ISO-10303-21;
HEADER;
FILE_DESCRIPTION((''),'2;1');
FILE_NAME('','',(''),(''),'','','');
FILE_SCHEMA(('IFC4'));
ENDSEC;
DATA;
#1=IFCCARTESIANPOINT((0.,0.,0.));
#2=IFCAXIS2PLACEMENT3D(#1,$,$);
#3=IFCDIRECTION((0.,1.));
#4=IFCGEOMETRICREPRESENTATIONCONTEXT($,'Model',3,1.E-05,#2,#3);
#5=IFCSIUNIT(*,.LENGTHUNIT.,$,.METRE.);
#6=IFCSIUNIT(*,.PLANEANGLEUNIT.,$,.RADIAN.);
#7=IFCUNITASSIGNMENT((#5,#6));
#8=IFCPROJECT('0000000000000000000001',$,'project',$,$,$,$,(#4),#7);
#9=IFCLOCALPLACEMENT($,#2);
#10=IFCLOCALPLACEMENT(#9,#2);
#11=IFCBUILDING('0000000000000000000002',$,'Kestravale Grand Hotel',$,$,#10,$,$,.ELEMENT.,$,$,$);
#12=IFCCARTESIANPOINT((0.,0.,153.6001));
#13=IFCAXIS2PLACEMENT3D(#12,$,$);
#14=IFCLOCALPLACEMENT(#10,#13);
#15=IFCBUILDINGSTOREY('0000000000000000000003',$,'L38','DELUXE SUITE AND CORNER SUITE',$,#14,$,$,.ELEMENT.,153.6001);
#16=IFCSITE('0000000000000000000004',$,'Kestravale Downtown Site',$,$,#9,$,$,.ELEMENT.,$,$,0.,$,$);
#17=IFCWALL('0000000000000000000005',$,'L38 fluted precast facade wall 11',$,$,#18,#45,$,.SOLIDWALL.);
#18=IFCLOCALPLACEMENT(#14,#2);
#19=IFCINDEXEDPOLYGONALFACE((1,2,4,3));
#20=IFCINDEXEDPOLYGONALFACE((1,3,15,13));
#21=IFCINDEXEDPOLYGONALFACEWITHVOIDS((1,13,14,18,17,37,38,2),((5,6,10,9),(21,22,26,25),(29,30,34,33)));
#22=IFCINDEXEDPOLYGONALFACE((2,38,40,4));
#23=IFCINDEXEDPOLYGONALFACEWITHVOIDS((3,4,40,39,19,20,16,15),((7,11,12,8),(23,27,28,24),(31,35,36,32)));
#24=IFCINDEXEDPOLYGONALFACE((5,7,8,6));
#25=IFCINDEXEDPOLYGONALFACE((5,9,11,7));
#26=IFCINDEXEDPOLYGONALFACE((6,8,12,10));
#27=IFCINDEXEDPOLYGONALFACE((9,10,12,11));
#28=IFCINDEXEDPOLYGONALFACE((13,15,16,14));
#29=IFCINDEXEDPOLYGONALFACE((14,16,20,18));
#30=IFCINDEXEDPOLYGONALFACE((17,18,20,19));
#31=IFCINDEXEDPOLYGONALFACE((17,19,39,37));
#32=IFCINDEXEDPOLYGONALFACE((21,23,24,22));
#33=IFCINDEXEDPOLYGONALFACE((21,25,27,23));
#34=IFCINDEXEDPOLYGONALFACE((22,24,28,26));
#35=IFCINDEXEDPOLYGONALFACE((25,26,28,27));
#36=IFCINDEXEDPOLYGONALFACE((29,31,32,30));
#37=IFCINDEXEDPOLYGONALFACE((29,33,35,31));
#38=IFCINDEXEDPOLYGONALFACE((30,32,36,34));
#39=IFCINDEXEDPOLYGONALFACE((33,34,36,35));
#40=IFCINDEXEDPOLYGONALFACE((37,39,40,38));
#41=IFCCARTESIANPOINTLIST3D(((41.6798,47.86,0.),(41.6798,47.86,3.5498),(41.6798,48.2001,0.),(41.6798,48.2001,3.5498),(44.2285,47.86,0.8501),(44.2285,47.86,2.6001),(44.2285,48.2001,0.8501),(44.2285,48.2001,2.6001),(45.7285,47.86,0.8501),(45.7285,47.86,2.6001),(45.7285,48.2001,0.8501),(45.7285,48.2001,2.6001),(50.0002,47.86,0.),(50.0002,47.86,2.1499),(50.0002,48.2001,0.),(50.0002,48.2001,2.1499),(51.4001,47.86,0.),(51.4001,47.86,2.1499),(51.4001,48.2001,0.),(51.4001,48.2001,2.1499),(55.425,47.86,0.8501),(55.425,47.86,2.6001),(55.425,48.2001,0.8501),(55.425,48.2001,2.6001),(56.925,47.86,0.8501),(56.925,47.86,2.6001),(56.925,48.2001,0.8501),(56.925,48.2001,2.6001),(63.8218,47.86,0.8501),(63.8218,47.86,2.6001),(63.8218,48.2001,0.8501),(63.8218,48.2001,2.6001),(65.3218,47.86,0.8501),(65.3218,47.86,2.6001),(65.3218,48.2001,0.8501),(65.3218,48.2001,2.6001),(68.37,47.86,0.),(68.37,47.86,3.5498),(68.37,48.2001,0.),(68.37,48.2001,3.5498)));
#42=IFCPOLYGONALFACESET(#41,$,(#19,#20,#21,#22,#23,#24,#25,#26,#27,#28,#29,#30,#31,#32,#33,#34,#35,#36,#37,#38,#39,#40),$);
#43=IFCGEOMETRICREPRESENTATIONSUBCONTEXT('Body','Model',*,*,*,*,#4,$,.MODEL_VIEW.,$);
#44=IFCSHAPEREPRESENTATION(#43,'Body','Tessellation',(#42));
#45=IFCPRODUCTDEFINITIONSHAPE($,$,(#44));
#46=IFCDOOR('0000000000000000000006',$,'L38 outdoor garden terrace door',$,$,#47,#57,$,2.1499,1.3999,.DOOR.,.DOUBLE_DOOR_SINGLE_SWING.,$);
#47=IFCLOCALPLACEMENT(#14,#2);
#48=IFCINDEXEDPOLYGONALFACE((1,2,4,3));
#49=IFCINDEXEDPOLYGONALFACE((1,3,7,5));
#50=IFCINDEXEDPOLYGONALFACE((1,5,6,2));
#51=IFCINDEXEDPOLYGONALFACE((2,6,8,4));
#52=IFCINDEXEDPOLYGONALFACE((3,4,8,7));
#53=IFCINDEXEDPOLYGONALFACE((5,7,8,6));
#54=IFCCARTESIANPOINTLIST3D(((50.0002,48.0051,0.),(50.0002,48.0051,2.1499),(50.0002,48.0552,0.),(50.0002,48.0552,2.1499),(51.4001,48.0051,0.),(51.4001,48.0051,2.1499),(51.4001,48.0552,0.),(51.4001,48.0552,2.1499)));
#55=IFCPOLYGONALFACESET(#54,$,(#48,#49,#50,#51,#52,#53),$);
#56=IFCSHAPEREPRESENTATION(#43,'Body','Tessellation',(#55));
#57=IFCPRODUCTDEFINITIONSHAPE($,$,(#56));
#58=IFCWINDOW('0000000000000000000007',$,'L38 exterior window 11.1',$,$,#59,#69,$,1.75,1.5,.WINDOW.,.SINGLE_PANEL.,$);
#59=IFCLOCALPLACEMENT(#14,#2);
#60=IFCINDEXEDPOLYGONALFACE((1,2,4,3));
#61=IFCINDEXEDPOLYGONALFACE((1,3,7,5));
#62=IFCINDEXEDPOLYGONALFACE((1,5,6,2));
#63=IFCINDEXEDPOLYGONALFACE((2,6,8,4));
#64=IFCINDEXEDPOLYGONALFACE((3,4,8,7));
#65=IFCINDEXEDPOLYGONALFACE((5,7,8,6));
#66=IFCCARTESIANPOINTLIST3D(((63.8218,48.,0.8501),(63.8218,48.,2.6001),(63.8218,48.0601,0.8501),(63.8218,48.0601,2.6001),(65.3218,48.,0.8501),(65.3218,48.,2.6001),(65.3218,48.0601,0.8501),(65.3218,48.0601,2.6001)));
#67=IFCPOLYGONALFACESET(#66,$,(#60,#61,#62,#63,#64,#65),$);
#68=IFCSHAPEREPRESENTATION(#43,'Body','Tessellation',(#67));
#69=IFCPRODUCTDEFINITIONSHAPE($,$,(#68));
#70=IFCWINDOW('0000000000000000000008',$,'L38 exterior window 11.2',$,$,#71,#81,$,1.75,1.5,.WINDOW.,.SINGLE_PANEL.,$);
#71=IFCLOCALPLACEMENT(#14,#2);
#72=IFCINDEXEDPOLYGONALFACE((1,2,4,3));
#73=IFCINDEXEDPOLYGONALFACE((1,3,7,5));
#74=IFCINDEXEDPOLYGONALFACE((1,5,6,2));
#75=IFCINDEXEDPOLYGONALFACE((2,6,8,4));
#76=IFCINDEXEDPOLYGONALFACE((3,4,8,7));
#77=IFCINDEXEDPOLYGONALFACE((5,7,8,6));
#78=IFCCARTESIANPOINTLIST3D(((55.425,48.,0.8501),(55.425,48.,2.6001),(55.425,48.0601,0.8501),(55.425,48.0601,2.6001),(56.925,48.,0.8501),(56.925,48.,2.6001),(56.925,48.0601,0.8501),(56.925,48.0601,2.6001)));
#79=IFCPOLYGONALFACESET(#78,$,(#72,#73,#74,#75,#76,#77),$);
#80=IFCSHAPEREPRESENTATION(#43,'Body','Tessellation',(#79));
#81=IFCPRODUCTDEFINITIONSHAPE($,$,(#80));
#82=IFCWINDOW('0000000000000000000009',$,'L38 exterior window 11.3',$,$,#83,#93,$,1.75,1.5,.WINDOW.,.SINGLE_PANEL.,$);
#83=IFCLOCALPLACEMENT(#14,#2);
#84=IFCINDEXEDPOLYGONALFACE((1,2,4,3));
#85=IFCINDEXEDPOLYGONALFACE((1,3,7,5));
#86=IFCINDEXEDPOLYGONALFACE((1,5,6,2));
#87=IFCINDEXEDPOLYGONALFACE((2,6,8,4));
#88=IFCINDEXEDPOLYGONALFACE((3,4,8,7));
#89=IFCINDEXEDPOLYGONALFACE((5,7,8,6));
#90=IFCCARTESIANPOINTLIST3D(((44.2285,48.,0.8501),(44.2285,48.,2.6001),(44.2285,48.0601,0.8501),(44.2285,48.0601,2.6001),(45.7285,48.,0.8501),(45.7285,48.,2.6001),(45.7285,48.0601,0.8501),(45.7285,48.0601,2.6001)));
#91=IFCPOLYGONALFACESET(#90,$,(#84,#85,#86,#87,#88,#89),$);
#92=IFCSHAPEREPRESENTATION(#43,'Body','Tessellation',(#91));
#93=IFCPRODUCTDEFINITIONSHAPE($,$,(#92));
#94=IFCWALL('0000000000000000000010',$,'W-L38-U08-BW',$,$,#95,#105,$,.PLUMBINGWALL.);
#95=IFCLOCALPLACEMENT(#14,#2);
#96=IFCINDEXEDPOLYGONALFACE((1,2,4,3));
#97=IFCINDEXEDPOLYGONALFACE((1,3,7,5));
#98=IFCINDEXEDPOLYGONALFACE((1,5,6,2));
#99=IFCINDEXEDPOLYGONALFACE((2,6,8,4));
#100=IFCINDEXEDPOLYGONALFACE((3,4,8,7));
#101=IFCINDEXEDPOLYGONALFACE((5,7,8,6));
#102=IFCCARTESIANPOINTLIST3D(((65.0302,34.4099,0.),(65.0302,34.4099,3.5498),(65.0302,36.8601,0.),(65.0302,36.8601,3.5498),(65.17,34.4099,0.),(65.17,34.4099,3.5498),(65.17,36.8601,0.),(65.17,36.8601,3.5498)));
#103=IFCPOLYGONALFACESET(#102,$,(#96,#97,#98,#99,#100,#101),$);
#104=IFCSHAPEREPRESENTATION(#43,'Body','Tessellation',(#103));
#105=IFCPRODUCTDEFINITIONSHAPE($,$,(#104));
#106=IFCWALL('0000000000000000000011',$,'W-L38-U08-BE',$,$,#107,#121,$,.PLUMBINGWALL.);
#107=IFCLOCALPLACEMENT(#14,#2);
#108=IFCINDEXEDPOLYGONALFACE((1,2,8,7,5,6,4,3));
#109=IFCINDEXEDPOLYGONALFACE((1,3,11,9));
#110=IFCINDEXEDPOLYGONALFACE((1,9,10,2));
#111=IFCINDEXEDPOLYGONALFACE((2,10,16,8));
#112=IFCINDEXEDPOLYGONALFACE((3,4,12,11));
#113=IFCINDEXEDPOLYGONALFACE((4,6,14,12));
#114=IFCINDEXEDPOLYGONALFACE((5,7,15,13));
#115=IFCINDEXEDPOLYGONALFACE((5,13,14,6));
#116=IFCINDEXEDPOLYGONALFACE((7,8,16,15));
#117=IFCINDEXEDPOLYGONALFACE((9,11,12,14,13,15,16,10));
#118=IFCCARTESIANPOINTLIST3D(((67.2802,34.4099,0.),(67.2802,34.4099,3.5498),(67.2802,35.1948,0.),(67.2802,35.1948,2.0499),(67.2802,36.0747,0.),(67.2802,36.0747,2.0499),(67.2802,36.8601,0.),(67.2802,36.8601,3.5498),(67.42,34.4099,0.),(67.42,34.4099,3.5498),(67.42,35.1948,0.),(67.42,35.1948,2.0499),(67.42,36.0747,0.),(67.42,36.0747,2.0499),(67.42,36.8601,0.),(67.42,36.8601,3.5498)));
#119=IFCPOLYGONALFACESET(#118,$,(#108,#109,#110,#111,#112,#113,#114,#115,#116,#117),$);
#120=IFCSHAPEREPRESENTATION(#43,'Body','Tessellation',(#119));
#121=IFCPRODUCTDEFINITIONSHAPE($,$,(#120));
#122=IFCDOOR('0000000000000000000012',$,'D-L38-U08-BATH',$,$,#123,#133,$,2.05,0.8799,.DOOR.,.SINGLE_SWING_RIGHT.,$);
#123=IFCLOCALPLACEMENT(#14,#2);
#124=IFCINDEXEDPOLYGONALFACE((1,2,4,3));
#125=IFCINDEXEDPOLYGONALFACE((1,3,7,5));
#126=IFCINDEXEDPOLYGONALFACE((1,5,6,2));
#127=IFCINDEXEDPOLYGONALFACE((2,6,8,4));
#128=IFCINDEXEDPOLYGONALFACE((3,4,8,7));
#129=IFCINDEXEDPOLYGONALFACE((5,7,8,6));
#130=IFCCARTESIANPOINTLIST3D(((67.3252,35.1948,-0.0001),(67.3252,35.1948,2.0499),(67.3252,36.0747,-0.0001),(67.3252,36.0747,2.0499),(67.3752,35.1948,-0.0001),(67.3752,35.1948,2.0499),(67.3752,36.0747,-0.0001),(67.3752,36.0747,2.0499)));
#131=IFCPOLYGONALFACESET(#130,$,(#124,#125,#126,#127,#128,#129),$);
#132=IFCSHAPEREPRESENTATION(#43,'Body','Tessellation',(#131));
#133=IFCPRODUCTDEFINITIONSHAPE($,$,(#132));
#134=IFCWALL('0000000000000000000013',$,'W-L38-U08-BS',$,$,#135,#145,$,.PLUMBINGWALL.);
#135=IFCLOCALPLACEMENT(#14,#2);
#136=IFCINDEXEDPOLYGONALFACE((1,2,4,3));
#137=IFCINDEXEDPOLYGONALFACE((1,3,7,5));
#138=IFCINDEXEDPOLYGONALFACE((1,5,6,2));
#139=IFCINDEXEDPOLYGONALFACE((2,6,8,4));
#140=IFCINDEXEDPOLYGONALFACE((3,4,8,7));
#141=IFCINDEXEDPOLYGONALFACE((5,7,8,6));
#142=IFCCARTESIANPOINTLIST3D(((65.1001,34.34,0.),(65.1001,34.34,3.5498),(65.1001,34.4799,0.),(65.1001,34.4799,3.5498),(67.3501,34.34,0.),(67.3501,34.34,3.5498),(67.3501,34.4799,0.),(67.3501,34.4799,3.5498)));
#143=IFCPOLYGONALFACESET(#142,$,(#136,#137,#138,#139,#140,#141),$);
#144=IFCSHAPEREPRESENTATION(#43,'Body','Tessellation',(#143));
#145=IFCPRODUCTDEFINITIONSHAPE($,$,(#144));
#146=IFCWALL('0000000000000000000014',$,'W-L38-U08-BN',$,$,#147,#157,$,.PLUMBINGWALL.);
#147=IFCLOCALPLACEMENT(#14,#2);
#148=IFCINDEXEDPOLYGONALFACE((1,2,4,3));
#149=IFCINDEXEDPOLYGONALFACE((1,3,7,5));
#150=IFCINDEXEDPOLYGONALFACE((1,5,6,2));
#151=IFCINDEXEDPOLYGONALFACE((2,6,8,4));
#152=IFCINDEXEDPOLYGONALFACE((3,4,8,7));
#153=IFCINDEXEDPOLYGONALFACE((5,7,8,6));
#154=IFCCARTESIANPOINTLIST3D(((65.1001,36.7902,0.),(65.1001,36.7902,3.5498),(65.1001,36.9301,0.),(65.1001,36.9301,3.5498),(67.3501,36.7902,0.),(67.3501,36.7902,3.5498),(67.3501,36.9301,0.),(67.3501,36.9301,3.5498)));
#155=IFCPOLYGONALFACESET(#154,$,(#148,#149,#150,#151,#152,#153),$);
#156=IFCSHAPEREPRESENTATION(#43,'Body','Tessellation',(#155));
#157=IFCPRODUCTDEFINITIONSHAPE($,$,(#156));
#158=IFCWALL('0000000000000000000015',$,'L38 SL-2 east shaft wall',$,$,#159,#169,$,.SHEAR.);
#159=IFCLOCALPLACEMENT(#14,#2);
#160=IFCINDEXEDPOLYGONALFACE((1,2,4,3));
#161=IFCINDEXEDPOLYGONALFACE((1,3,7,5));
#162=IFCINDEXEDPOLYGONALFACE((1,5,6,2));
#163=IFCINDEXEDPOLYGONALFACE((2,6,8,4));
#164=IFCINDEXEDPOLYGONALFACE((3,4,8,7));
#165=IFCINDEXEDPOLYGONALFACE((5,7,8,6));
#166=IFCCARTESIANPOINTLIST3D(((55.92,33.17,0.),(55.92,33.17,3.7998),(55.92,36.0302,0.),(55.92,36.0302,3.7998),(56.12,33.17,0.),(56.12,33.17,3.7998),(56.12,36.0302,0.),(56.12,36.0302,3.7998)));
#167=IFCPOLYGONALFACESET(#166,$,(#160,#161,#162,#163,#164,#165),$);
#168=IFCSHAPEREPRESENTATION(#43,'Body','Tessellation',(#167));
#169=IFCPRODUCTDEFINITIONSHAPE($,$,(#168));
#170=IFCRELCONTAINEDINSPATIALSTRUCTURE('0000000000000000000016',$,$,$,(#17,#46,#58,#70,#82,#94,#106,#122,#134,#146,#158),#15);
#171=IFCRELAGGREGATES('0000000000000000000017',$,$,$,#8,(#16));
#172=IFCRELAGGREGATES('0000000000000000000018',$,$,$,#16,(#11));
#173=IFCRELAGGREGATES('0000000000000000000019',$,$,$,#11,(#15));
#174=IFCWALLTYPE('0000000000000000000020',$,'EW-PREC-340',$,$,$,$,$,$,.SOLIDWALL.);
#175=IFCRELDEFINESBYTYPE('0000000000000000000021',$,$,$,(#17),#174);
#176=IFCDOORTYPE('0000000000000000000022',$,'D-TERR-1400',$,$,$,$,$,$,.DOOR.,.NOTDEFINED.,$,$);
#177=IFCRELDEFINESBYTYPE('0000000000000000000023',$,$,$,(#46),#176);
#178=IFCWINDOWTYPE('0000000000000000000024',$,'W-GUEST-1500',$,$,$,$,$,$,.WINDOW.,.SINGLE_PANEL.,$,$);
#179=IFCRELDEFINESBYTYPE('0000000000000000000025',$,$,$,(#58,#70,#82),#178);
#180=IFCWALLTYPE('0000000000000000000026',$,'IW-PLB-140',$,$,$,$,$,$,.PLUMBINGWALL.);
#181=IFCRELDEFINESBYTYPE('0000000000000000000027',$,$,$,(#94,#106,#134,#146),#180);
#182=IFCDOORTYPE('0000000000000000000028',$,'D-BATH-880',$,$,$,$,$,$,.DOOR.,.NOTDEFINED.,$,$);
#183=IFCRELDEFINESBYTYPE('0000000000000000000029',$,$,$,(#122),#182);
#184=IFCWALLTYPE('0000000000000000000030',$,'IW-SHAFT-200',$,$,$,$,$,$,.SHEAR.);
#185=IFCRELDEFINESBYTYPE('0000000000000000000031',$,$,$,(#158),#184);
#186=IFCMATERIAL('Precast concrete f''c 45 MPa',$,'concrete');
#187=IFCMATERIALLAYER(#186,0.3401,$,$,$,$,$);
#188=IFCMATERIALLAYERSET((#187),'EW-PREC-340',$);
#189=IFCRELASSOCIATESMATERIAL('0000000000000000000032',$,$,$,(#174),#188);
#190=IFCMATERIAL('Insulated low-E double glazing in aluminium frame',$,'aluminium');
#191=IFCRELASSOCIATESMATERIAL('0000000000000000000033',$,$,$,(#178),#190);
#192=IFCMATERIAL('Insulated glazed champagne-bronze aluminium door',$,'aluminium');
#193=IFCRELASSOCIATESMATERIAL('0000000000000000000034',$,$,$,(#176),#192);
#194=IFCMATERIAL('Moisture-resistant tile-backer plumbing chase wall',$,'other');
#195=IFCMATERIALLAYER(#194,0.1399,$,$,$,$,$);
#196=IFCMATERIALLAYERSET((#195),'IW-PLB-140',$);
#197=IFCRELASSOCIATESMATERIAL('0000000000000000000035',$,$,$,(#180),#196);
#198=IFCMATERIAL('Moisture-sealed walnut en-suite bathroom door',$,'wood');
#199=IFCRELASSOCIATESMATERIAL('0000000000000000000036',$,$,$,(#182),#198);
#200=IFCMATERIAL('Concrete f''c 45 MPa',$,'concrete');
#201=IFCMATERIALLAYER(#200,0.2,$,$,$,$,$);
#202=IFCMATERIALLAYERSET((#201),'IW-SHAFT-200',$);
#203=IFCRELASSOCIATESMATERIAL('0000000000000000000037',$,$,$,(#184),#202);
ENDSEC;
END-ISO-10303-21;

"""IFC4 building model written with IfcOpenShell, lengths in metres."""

from ifc_helpers import new_model, si_unit, direction, frame, frame_2d, origin, place, context, subcontext, project, spatial, rectangle, extrude, material, layer, layer_set, type_object, element, fill, save


model = new_model("IFC4")

# Units and contexts
model_context = context("Model", 3, precision=1e-05, world=origin(), true_north=direction((0.0, 1.0)))
body_context = subcontext(model_context, "Body", "Model", "MODEL_VIEW")
ifc_project = project(units=[si_unit("LENGTHUNIT", "METRE"), si_unit("PLANEANGLEUNIT", "RADIAN")], contexts=[model_context])

# Site, building, storey
site_placement = place(None, origin())
site = spatial("IfcSite", under=ifc_project, at=site_placement, Name="Kestravale Downtown Site", CompositionType="ELEMENT", RefElevation=0.0)
building_placement = place(site_placement, origin())
building = spatial("IfcBuilding", under=site, at=building_placement, Name="Kestravale Grand Hotel", CompositionType="ELEMENT")
storey_placement = place(building_placement, frame((0.0, 0.0, 153.6001)))
storey = spatial("IfcBuildingStorey", under=building, at=storey_placement, Name="L38", Description="DELUXE SUITE AND CORNER SUITE", CompositionType="ELEMENT", Elevation=153.6001)

# Shared definitions
ifc_material_1 = material(Name="Precast concrete f'c 45 MPa", Category="concrete")
ifc_layer_1 = layer(ifc_material_1, 0.3401)
ifc_layer_set_1 = layer_set([ifc_layer_1], Name="EW-PREC-340")
wall_type_1 = type_object("IfcWallType", Name="EW-PREC-340", PredefinedType="SOLIDWALL", material=ifc_layer_set_1)
ifc_material_2 = material(Name="Insulated low-E double glazing in aluminium frame", Category="aluminium")
window_type = type_object("IfcWindowType", Name="W-GUEST-1500", PartitioningType="SINGLE_PANEL", PredefinedType="WINDOW", material=ifc_material_2)

# Wall, openings, door, windows
wall_1_placement = place(storey_placement, frame((68.3701, 48.03, 0.0), z_axis=(0.0, 0.0, 1.0), x_axis=(-1.0, 0.0, 0.0)))
wall_1 = element("IfcWall", 1, at=wall_1_placement, inside=storey, type_object=wall_type_1, Name="L38 fluted precast facade wall 11", PredefinedType="SOLIDWALL", context=body_context, shape_type="SweptSolid", body=[
    extrude(rectangle(XDim=26.6902, YDim=0.3401, at=frame_2d((13.3452, 0.0))), origin(), (0.0, 0.0, 1.0), 3.5498),
])
opening_1_placement = place(wall_1_placement, frame((16.97, 0.0, 0.0)))
opening_1 = element("IfcOpeningElement", 2, at=opening_1_placement, cuts=wall_1, PredefinedType="OPENING", context=body_context, shape_type="SweptSolid", body=[
    extrude(rectangle(XDim=1.3999, YDim=2.1499, at=frame_2d((0.7, 1.075))), frame((0.0, 0.1799, 0.0), z_axis=(0.0, -1.0, 0.0), x_axis=(1.0, 0.0, 0.0)), (0.0, 0.0, 1.0), 0.3601),
])
opening_2_placement = place(wall_1_placement, frame((3.0483, 0.0, 0.8501)))
opening_2 = element("IfcOpeningElement", 3, at=opening_2_placement, cuts=wall_1, PredefinedType="OPENING", context=body_context, shape_type="SweptSolid", body=[
    extrude(rectangle(XDim=1.5, YDim=1.75, at=frame_2d((0.75, 0.875))), frame((0.0, 0.1799, 0.0), z_axis=(0.0, -1.0, 0.0), x_axis=(1.0, 0.0, 0.0)), (0.0, 0.0, 1.0), 0.3601),
])
opening_3_placement = place(wall_1_placement, frame((11.4451, 0.0, 0.8501)))
opening_3 = element("IfcOpeningElement", 4, at=opening_3_placement, cuts=wall_1, PredefinedType="OPENING", context=body_context, shape_type="SweptSolid", body=[
    extrude(rectangle(XDim=1.5, YDim=1.75, at=frame_2d((0.75, 0.875))), frame((0.0, 0.1799, 0.0), z_axis=(0.0, -1.0, 0.0), x_axis=(1.0, 0.0, 0.0)), (0.0, 0.0, 1.0), 0.3601),
])
opening_4_placement = place(wall_1_placement, frame((22.6416, 0.0, 0.8501)))
opening_4 = element("IfcOpeningElement", 5, at=opening_4_placement, cuts=wall_1, PredefinedType="OPENING", context=body_context, shape_type="SweptSolid", body=[
    extrude(rectangle(XDim=1.5, YDim=1.75, at=frame_2d((0.75, 0.875))), frame((0.0, 0.1799, 0.0), z_axis=(0.0, -1.0, 0.0), x_axis=(1.0, 0.0, 0.0)), (0.0, 0.0, 1.0), 0.3601),
])
ifc_material_3 = material(Name="Insulated glazed champagne-bronze aluminium door", Category="aluminium")
door_type_1 = type_object("IfcDoorType", Name="D-TERR-1400", OperationType="NOTDEFINED", PredefinedType="DOOR", material=ifc_material_3)
door_1_placement = place(opening_1_placement, origin())
door_1 = element("IfcDoor", 6, at=door_1_placement, inside=storey, type_object=door_type_1, Name="L38 outdoor garden terrace door", OperationType="DOUBLE_DOOR_SINGLE_SWING", OverallHeight=2.1499, OverallWidth=1.3999, PredefinedType="DOOR", context=body_context, shape_type="SweptSolid", body=[
    extrude(rectangle(XDim=1.3999, YDim=2.1499, at=frame_2d((0.7, 1.075))), frame((0.0, 0.0249, 0.0), z_axis=(0.0, -1.0, 0.0), x_axis=(1.0, 0.0, 0.0)), (0.0, 0.0, 1.0), 0.05),
])
fill(opening_1, door_1)
window_1_placement = place(opening_2_placement, origin())
window_1 = element("IfcWindow", 7, at=window_1_placement, inside=storey, type_object=window_type, Name="L38 exterior window 11.1", OverallHeight=1.75, OverallWidth=1.5, PartitioningType="SINGLE_PANEL", PredefinedType="WINDOW", context=body_context, shape_type="SweptSolid", body=[
    extrude(rectangle(XDim=1.5, YDim=1.75, at=frame_2d((0.75, 0.875))), frame((0.0, 0.03, 0.0), z_axis=(0.0, -1.0, 0.0), x_axis=(1.0, 0.0, 0.0)), (0.0, 0.0, 1.0), 0.0601),
])
fill(opening_2, window_1)
window_2_placement = place(opening_3_placement, origin())
window_2 = element("IfcWindow", 8, at=window_2_placement, inside=storey, type_object=window_type, Name="L38 exterior window 11.2", OverallHeight=1.75, OverallWidth=1.5, PartitioningType="SINGLE_PANEL", PredefinedType="WINDOW", context=body_context, shape_type="SweptSolid", body=[
    extrude(rectangle(XDim=1.5, YDim=1.75, at=frame_2d((0.75, 0.875))), frame((0.0, 0.03, 0.0), z_axis=(0.0, -1.0, 0.0), x_axis=(1.0, 0.0, 0.0)), (0.0, 0.0, 1.0), 0.0601),
])
fill(opening_3, window_2)
window_3_placement = place(opening_4_placement, origin())
window_3 = element("IfcWindow", 9, at=window_3_placement, inside=storey, type_object=window_type, Name="L38 exterior window 11.3", OverallHeight=1.75, OverallWidth=1.5, PartitioningType="SINGLE_PANEL", PredefinedType="WINDOW", context=body_context, shape_type="SweptSolid", body=[
    extrude(rectangle(XDim=1.5, YDim=1.75, at=frame_2d((0.75, 0.875))), frame((0.0, 0.03, 0.0), z_axis=(0.0, -1.0, 0.0), x_axis=(1.0, 0.0, 0.0)), (0.0, 0.0, 1.0), 0.0601),
])
fill(opening_4, window_3)

# Wall
ifc_material_4 = material(Name="Moisture-resistant tile-backer plumbing chase wall", Category="other")
ifc_layer_2 = layer(ifc_material_4, 0.1399)
ifc_layer_set_2 = layer_set([ifc_layer_2], Name="IW-PLB-140")
wall_type_2 = type_object("IfcWallType", Name="IW-PLB-140", PredefinedType="PLUMBINGWALL", material=ifc_layer_set_2)
wall_2_placement = place(storey_placement, frame((65.1001, 34.4099, 0.0), z_axis=(0.0, 0.0, 1.0), x_axis=(0.0, 1.0, 0.0)))
element("IfcWall", 10, at=wall_2_placement, inside=storey, type_object=wall_type_2, Name="W-L38-U08-BW", PredefinedType="PLUMBINGWALL", context=body_context, shape_type="SweptSolid", body=[
    extrude(rectangle(XDim=2.4502, YDim=0.1399, at=frame_2d((1.2251, 0.0))), origin(), (0.0, 0.0, 1.0), 3.5498),
])

# Wall, opening, door
wall_3_placement = place(storey_placement, frame((67.3501, 34.4099, 0.0), z_axis=(0.0, 0.0, 1.0), x_axis=(0.0, 1.0, 0.0)))
wall_3 = element("IfcWall", 11, at=wall_3_placement, inside=storey, type_object=wall_type_2, Name="W-L38-U08-BE", PredefinedType="PLUMBINGWALL", context=body_context, shape_type="SweptSolid", body=[
    extrude(rectangle(XDim=2.4502, YDim=0.1399, at=frame_2d((1.2251, 0.0))), origin(), (0.0, 0.0, 1.0), 3.5498),
])
opening_5_placement = place(wall_3_placement, frame((0.7849, 0.0, 0.0)))
opening_5 = element("IfcOpeningElement", 12, at=opening_5_placement, cuts=wall_3, PredefinedType="OPENING", context=body_context, shape_type="SweptSolid", body=[
    extrude(rectangle(XDim=0.8799, YDim=2.05, at=frame_2d((0.4399, 1.0249))), frame((0.0, 0.0798, 0.0), z_axis=(0.0, -1.0, 0.0), x_axis=(1.0, 0.0, 0.0)), (0.0, 0.0, 1.0), 0.1599),
])
ifc_material_5 = material(Name="Moisture-sealed walnut en-suite bathroom door", Category="wood")
door_type_2 = type_object("IfcDoorType", Name="D-BATH-880", OperationType="NOTDEFINED", PredefinedType="DOOR", material=ifc_material_5)
door_2_placement = place(opening_5_placement, origin())
door_2 = element("IfcDoor", 13, at=door_2_placement, inside=storey, type_object=door_type_2, Name="D-L38-U08-BATH", OperationType="SINGLE_SWING_RIGHT", OverallHeight=2.05, OverallWidth=0.8799, PredefinedType="DOOR", context=body_context, shape_type="SweptSolid", body=[
    extrude(rectangle(XDim=0.8799, YDim=2.05, at=frame_2d((0.4399, 1.0249))), frame((0.0, 0.0249, 0.0), z_axis=(0.0, -1.0, 0.0), x_axis=(1.0, 0.0, 0.0)), (0.0, 0.0, 1.0), 0.05),
])
fill(opening_5, door_2)

# Walls
for number, where, z_axis, x_axis, name in (
    (14, (65.1001, 34.4099, 0.0), (0.0, 0.0, 1.0), (1.0, 0.0, 0.0), "W-L38-U08-BS"),
    (15, (65.1001, 36.8601, 0.0), (0.0, 0.0, 1.0), (1.0, 0.0, 0.0), "W-L38-U08-BN"),
):
    element("IfcWall", number, at=place(storey_placement, frame(where, z_axis=z_axis, x_axis=x_axis)), inside=storey, type_object=wall_type_2, Name=name, PredefinedType="PLUMBINGWALL", context=body_context, shape_type="SweptSolid", body=[
        extrude(rectangle(XDim=2.25, YDim=0.1399, at=frame_2d((1.125, 0.0))), origin(), (0.0, 0.0, 1.0), 3.5498),
    ])
ifc_material_6 = material(Name="Concrete f'c 45 MPa", Category="concrete")
ifc_layer_3 = layer(ifc_material_6, 0.2)
ifc_layer_set_3 = layer_set([ifc_layer_3], Name="IW-SHAFT-200")
wall_type_3 = type_object("IfcWallType", Name="IW-SHAFT-200", PredefinedType="SHEAR", material=ifc_layer_set_3)
wall_4_placement = place(storey_placement, frame((56.02, 33.1699, 0.0), z_axis=(0.0, 0.0, 1.0), x_axis=(0.0, 1.0, 0.0)))
element("IfcWall", 16, at=wall_4_placement, inside=storey, type_object=wall_type_3, Name="L38 SL-2 east shaft wall", PredefinedType="SHEAR", context=body_context, shape_type="SweptSolid", body=[
    extrude(rectangle(XDim=2.8601, YDim=0.2, at=frame_2d((1.4302, 0.0))), origin(), (0.0, 0.0, 1.0), 3.7998),
])

save(model, "model.ifc")
